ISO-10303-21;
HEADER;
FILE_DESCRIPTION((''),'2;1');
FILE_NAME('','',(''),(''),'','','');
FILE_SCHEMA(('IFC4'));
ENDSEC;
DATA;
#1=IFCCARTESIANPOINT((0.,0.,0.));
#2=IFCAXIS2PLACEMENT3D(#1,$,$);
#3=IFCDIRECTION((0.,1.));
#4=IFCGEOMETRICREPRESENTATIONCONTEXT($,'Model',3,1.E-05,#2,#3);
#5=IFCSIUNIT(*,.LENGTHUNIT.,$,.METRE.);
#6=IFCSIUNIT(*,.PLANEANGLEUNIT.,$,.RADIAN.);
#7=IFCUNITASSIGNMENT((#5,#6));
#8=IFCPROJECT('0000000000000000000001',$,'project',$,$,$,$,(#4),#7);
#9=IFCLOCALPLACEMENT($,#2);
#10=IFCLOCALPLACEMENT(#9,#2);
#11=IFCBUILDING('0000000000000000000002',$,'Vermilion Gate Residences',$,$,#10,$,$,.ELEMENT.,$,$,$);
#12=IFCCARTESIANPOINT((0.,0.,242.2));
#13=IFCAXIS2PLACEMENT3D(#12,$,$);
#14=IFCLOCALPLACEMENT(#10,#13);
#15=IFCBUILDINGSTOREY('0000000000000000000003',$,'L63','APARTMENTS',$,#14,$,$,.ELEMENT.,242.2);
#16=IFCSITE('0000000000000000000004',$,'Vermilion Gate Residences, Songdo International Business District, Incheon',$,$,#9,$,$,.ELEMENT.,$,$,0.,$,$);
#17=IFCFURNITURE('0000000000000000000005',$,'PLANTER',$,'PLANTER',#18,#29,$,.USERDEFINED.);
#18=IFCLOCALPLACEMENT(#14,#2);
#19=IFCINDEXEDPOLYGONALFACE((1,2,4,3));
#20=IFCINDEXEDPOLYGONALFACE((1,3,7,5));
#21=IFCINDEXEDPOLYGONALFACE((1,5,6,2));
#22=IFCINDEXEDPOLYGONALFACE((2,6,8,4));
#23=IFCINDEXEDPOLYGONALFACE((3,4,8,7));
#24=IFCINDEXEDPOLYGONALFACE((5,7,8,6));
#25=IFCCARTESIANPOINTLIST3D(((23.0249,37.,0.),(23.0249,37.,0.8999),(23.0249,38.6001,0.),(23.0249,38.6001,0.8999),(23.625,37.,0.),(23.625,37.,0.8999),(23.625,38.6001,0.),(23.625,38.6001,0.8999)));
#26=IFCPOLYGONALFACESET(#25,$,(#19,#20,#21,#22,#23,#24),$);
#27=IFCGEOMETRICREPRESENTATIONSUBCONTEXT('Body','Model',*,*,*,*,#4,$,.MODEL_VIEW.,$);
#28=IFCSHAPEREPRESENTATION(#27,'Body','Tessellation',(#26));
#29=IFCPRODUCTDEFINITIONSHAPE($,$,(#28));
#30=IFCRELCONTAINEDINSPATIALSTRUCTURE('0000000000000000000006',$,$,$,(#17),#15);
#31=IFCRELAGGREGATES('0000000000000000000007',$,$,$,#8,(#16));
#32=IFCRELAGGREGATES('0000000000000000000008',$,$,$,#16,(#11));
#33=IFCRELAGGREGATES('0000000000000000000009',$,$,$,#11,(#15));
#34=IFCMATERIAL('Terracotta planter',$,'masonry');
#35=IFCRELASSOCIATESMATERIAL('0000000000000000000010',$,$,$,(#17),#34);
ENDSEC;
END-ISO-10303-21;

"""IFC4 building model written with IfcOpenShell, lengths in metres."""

from ifc_helpers import new_model, si_unit, direction, frame, origin, origin_2d, place, context, subcontext, project, spatial, rectangle, extrude, material, element, save


model = new_model("IFC4")

# Units and contexts
model_context = context("Model", 3, precision=1e-05, world=origin(), true_north=direction((0.0, 1.0)))
body_context = subcontext(model_context, "Body", "Model", "MODEL_VIEW")
ifc_project = project(units=[si_unit("LENGTHUNIT", "METRE"), si_unit("PLANEANGLEUNIT", "RADIAN")], contexts=[model_context])

# Site, building, storey
site_placement = place(None, origin())
site = spatial("IfcSite", under=ifc_project, at=site_placement, Name="Vermilion Gate Residences, Songdo International Business District, Incheon", CompositionType="ELEMENT", RefElevation=0.0)
building_placement = place(site_placement, origin())
building = spatial("IfcBuilding", under=site, at=building_placement, Name="Vermilion Gate Residences", CompositionType="ELEMENT")
storey_placement = place(building_placement, frame((0.0, 0.0, 242.2)))
storey = spatial("IfcBuildingStorey", under=building, at=storey_placement, Name="L63", Description="APARTMENTS", CompositionType="ELEMENT", Elevation=242.2)

# Furniture
ifc_material_1 = material(Name="Terracotta planter", Category="masonry")
furniture_placement = place(storey_placement, frame((23.325, 37.8, 0.0), z_axis=(0.0, 0.0, 1.0), x_axis=(0.0, 1.0, 0.0)))
element("IfcFurniture", 1, at=furniture_placement, inside=storey, material=ifc_material_1, Name="PLANTER", ObjectType="PLANTER", PredefinedType="USERDEFINED", context=body_context, shape_type="SweptSolid", body=[
    extrude(rectangle(XDim=1.6001, YDim=0.6001, at=origin_2d()), origin(), (0.0, 0.0, 1.0), 0.8999),
])

save(model, "model.ifc")
